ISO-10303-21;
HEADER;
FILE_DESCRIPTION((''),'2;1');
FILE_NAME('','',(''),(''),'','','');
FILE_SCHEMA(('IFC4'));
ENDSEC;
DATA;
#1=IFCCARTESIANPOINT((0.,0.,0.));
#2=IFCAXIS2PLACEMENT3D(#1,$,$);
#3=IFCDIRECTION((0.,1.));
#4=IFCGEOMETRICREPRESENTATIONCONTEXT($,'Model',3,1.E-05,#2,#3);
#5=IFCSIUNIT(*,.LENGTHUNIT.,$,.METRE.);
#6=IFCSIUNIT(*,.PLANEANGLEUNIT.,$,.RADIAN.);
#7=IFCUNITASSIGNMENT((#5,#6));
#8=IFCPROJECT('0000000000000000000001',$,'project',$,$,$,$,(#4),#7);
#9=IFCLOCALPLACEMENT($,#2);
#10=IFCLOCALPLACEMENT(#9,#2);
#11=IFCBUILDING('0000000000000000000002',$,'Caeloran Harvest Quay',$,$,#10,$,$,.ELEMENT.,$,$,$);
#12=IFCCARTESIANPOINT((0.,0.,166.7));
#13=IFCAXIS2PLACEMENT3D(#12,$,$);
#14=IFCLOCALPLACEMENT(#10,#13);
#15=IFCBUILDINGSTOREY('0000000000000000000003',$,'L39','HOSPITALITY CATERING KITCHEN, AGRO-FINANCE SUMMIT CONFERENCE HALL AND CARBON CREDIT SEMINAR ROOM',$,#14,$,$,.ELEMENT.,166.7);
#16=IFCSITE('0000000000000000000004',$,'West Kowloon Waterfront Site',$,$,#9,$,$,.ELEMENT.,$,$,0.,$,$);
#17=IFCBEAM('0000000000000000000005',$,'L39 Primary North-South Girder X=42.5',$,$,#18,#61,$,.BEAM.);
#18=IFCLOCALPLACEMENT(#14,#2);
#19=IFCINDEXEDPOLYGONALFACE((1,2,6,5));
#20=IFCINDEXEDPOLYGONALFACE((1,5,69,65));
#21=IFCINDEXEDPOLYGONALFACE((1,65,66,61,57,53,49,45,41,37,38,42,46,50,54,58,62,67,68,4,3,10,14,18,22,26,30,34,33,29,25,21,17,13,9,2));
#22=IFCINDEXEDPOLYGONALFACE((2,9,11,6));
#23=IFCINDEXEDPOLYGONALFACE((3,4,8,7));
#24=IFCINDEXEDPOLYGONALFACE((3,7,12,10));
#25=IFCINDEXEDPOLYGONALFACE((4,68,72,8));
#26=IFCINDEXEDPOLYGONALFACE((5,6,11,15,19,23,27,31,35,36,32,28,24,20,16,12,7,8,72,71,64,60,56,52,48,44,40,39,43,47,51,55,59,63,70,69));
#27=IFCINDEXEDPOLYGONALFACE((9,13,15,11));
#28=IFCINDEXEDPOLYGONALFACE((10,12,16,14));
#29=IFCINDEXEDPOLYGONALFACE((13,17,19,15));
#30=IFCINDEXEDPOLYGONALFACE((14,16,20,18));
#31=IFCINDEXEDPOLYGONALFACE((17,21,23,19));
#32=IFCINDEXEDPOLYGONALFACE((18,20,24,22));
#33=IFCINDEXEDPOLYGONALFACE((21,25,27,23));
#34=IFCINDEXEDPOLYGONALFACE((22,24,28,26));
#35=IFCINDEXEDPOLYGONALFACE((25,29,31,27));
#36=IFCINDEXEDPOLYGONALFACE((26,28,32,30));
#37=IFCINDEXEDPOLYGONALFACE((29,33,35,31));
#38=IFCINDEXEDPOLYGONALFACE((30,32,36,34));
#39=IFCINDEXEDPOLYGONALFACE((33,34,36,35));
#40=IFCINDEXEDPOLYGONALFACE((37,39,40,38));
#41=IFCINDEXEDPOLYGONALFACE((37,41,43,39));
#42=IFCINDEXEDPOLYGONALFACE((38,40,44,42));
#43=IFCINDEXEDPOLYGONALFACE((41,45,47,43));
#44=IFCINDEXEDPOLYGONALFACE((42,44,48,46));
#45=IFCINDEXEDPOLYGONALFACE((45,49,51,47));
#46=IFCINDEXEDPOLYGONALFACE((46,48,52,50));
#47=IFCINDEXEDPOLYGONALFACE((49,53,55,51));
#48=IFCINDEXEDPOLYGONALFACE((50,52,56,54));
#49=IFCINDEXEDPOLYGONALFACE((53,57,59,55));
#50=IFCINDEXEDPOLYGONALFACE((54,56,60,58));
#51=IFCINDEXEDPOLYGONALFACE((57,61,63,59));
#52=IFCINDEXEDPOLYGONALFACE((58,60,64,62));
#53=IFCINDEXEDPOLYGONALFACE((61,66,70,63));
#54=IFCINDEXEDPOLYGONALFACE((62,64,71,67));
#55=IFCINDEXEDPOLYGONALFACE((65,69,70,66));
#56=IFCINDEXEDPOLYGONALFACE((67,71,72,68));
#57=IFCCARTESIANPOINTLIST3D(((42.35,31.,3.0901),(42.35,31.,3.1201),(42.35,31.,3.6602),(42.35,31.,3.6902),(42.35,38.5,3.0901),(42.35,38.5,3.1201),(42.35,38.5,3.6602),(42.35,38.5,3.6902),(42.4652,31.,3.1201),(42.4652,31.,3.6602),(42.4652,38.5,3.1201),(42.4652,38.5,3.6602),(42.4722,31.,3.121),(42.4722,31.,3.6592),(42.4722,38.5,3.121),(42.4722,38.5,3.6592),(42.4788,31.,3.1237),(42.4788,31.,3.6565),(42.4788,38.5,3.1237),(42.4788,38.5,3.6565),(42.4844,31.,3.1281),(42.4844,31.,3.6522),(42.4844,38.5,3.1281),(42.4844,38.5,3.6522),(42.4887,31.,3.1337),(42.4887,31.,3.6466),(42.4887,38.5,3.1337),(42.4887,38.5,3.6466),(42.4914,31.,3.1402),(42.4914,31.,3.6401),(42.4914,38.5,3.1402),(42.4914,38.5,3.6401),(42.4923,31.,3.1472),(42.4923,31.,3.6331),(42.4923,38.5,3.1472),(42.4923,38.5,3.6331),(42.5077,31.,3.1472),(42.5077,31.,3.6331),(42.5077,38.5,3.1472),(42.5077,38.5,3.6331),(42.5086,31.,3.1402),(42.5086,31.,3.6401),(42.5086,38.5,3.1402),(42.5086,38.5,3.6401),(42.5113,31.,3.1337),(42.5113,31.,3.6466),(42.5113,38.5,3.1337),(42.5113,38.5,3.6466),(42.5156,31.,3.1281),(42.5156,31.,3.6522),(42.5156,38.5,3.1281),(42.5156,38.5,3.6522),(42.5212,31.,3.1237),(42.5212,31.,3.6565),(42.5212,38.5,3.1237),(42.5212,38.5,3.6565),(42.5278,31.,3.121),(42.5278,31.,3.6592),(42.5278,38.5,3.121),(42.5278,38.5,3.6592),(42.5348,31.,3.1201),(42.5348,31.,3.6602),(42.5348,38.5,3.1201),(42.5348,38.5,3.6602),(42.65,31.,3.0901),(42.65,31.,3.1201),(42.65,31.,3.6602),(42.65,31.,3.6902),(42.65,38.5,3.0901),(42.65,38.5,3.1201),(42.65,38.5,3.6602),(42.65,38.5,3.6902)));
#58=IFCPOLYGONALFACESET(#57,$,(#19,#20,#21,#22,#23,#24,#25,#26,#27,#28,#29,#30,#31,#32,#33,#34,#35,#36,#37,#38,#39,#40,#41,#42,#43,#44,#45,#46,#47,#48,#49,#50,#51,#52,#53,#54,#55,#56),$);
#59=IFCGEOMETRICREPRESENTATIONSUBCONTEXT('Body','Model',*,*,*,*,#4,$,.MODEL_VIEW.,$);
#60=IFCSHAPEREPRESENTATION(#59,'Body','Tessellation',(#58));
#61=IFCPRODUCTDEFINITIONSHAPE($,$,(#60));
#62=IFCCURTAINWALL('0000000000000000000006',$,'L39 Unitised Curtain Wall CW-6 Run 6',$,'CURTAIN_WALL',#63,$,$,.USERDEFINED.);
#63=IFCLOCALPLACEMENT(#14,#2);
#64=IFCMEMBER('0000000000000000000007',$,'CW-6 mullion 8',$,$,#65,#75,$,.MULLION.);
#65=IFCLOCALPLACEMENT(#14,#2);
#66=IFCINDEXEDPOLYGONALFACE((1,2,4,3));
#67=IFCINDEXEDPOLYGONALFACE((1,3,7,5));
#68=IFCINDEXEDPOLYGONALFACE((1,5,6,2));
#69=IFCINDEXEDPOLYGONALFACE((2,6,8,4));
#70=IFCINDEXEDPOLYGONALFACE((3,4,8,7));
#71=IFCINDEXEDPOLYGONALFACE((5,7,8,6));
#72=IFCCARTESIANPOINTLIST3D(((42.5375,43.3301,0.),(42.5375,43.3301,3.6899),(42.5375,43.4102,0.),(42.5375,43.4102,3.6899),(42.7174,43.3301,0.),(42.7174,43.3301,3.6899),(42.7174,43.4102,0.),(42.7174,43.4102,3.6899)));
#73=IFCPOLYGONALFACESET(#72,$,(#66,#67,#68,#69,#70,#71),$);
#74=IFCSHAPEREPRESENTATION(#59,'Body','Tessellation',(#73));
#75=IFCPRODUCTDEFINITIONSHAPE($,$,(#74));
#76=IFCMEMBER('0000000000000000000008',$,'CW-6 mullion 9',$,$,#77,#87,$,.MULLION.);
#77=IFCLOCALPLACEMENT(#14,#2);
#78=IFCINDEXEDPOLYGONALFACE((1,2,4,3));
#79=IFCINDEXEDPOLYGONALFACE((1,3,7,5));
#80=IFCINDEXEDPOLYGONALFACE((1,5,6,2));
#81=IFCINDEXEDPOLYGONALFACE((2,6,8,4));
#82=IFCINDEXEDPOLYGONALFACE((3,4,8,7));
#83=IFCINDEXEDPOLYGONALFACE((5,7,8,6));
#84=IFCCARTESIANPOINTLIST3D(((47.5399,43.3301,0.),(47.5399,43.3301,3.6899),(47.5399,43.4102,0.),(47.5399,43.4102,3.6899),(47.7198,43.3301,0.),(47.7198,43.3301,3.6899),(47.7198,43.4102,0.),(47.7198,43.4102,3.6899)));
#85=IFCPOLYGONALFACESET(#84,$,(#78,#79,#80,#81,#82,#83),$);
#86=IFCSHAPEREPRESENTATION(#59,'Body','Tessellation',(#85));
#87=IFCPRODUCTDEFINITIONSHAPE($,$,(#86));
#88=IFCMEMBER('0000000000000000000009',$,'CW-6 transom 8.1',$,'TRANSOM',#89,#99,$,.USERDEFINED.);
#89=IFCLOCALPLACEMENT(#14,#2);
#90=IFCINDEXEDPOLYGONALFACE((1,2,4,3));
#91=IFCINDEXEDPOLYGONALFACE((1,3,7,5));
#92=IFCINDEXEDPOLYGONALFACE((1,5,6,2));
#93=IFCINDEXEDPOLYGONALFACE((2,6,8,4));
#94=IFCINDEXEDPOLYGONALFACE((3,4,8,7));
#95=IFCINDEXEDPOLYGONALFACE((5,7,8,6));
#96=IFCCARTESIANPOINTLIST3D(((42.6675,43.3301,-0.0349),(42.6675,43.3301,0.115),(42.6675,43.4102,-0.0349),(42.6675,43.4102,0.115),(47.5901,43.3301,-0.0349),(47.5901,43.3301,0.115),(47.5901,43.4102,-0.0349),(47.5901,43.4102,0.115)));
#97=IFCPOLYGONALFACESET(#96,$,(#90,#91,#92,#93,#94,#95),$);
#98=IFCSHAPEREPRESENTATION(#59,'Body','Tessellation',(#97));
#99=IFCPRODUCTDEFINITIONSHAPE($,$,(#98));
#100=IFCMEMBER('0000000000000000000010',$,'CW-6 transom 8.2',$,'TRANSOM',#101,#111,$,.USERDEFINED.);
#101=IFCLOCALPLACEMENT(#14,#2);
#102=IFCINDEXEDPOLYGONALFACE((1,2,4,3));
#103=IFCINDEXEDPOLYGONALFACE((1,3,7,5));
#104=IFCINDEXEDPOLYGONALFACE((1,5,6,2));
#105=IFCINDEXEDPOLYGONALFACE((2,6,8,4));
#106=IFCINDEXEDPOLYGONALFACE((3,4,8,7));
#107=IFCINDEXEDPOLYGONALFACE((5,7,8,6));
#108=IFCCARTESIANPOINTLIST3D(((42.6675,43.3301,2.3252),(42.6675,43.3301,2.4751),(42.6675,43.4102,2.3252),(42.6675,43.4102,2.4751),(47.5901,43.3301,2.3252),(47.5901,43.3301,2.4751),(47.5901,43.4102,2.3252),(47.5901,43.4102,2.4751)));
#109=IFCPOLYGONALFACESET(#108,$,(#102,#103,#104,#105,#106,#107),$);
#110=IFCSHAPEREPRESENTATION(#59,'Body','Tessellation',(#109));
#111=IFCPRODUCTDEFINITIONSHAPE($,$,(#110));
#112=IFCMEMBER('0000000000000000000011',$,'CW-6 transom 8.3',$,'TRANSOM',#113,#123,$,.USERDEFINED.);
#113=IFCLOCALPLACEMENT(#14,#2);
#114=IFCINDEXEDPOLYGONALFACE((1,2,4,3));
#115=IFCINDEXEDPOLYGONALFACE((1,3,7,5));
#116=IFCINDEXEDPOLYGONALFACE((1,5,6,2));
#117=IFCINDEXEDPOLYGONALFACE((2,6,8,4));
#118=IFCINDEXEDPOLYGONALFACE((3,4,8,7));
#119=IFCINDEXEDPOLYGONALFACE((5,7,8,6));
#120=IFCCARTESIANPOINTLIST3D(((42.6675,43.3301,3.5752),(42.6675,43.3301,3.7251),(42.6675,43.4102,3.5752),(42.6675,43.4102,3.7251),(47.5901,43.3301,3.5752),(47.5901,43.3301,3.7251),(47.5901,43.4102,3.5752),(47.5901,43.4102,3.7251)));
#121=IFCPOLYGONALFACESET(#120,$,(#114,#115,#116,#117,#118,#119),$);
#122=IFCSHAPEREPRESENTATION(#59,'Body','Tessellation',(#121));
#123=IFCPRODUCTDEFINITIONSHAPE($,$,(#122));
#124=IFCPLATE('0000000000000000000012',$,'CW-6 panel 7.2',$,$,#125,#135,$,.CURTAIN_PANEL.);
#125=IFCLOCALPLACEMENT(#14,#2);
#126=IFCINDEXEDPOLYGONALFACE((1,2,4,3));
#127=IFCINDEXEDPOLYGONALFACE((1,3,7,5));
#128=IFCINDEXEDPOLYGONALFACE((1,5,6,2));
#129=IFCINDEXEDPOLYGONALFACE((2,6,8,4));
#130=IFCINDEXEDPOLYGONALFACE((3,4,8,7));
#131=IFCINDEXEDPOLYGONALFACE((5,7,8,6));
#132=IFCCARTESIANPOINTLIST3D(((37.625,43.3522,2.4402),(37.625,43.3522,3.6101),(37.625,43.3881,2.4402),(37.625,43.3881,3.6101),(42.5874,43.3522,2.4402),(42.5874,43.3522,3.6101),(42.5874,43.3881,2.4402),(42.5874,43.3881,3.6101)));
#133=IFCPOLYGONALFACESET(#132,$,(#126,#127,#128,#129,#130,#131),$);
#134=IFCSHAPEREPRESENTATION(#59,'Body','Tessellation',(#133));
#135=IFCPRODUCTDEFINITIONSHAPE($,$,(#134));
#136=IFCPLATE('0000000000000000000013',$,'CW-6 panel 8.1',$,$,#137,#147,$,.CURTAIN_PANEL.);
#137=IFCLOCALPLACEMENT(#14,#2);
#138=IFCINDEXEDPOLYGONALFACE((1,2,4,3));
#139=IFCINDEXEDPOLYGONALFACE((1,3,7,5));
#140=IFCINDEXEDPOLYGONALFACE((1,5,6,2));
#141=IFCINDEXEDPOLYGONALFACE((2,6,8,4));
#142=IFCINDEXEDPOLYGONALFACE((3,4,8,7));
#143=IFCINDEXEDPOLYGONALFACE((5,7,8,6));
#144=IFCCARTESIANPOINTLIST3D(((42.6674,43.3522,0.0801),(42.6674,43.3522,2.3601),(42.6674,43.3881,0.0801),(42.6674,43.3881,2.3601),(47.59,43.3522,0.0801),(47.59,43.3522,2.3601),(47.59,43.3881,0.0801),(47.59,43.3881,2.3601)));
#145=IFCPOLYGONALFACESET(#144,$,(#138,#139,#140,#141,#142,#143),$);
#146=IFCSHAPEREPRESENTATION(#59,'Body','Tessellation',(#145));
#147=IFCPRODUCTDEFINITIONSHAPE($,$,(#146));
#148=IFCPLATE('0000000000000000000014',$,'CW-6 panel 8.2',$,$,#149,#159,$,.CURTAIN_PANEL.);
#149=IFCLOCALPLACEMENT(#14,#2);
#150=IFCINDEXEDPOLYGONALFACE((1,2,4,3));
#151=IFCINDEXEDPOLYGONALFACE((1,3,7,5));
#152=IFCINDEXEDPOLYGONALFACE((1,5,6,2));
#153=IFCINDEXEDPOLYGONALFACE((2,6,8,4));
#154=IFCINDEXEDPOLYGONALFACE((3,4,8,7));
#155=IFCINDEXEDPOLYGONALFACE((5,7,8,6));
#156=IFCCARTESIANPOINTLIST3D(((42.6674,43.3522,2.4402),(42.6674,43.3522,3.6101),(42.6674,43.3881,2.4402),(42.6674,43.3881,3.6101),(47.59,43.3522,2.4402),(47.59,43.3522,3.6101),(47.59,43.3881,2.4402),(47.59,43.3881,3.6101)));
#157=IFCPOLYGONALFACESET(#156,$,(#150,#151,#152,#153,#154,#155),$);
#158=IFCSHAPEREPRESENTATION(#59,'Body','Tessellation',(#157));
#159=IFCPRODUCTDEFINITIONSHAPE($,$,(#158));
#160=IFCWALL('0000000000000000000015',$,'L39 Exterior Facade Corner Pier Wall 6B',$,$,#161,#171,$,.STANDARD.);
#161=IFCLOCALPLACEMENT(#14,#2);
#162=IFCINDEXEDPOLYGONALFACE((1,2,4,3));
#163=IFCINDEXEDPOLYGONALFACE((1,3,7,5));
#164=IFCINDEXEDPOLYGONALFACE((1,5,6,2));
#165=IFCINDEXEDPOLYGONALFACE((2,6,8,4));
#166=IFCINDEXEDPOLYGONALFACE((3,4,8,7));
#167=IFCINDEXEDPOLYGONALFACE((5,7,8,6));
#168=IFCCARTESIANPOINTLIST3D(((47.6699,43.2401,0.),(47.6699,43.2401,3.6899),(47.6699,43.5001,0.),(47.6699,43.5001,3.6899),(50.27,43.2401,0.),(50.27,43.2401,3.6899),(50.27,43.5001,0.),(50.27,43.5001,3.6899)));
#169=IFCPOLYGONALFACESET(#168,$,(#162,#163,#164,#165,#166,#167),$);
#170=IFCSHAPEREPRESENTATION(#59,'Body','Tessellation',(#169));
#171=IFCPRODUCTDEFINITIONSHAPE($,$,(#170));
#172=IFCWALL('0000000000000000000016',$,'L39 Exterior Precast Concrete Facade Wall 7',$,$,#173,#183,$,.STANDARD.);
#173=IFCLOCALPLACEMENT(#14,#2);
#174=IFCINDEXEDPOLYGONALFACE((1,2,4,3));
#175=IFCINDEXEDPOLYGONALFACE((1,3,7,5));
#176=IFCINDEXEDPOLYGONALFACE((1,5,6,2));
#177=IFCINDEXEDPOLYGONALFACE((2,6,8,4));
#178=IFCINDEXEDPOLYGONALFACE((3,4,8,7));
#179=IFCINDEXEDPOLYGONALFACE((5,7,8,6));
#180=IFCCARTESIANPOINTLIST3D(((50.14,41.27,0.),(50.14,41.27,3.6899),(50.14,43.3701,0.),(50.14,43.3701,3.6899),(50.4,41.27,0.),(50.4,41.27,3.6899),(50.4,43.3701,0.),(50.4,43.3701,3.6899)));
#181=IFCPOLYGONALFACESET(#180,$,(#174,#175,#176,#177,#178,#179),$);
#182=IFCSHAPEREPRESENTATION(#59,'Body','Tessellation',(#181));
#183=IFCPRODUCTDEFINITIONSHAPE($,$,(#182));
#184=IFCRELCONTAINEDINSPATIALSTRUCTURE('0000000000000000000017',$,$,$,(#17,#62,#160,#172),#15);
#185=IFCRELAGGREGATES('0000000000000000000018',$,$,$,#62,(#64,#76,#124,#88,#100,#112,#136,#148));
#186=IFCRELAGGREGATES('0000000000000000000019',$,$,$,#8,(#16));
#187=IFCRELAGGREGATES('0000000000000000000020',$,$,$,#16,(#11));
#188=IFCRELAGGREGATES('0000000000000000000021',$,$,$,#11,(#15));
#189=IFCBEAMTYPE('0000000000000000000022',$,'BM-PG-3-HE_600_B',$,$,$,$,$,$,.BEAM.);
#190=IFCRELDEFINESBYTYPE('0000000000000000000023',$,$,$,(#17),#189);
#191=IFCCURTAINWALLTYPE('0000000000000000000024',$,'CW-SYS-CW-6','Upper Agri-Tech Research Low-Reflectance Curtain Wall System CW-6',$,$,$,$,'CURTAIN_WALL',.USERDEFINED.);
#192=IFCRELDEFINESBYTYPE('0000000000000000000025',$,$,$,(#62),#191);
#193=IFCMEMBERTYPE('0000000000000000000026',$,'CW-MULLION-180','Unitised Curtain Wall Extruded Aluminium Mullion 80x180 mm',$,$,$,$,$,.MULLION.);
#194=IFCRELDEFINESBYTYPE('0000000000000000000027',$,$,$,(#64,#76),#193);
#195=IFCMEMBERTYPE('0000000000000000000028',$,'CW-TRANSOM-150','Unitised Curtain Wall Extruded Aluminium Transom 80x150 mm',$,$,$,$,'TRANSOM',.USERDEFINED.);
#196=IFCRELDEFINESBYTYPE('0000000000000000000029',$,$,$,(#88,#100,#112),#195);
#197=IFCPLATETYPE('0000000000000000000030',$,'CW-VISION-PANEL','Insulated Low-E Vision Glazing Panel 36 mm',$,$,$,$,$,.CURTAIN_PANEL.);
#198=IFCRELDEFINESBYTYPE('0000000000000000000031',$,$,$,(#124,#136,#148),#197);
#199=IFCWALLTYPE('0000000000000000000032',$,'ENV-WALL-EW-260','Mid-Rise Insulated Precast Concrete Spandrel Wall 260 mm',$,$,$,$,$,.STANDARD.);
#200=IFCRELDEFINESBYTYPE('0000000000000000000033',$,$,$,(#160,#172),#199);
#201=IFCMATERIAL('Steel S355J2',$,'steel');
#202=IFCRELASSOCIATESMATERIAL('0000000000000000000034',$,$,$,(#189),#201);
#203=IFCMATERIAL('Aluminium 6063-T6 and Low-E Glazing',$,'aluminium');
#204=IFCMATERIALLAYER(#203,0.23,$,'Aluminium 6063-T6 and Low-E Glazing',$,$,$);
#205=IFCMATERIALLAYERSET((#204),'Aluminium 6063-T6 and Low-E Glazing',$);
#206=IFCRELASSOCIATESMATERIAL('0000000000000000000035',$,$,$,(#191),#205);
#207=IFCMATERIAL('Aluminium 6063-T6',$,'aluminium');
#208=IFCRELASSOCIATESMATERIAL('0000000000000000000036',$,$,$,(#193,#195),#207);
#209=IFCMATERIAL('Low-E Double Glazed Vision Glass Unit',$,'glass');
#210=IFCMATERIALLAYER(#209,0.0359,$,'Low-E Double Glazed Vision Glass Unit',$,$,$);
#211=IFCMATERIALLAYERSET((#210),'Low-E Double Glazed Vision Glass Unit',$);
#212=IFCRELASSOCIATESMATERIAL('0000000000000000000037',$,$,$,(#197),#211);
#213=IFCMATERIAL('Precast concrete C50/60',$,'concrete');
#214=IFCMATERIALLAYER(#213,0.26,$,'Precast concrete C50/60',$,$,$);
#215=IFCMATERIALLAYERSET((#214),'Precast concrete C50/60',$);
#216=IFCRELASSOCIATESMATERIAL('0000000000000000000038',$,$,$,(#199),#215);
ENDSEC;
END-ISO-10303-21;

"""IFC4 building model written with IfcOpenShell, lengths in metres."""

from ifc_helpers import new_model, si_unit, direction, frame, frame_2d, origin, origin_2d, place, context, subcontext, project, spatial, rectangle, i_section, extrude, material, layer, layer_set, material_profile, profile_set, type_object, element, aggregate, save


model = new_model("IFC4")

# Units and contexts
model_context = context("Model", 3, precision=1e-05, world=origin(), true_north=direction((0.0, 1.0)))
body_context = subcontext(model_context, "Body", "Model", "MODEL_VIEW")
ifc_project = project(units=[si_unit("LENGTHUNIT", "METRE"), si_unit("PLANEANGLEUNIT", "RADIAN")], contexts=[model_context])

# Site, building, storey
site_placement = place(None, origin())
site = spatial("IfcSite", under=ifc_project, at=site_placement, Name="West Kowloon Waterfront Site", CompositionType="ELEMENT", RefElevation=0.0)
building_placement = place(site_placement, origin())
building = spatial("IfcBuilding", under=site, at=building_placement, Name="Caeloran Harvest Quay", CompositionType="ELEMENT")
storey_placement = place(building_placement, frame((0.0, 0.0, 166.7)))
storey = spatial("IfcBuildingStorey", under=building, at=storey_placement, Name="L39", Description="HOSPITALITY CATERING KITCHEN, AGRO-FINANCE SUMMIT CONFERENCE HALL AND CARBON CREDIT SEMINAR ROOM", CompositionType="ELEMENT", Elevation=166.7)

# Beam
ifc_material_1 = material(Name="Steel S355J2", Category="steel")
ifc_material_profile_1 = material_profile(ifc_material_1, i_section(OverallWidth=0.3, OverallDepth=0.6001, WebThickness=0.0154, FlangeThickness=0.03, FilletRadius=0.0271, at=origin_2d()), Name="HE 600 B")
ifc_profile_set_1 = profile_set([ifc_material_profile_1], Name="Steel S355J2")
beam_type = type_object("IfcBeamType", Name="BM-PG-3-HE_600_B", PredefinedType="BEAM", material=ifc_profile_set_1)
beam_1_placement = place(storey_placement, frame((42.5, 31.0, 3.3901), z_axis=(0.0, 1.0, 0.0), x_axis=(-1.0, 0.0, 0.0)))
element("IfcBeam", 1, at=beam_1_placement, inside=storey, type_object=beam_type, Name="L39 Primary North-South Girder X=42.5", PredefinedType="BEAM", context=body_context, shape_type="SweptSolid", body=[
    extrude(i_section(OverallWidth=0.3, OverallDepth=0.6001, WebThickness=0.0154, FlangeThickness=0.03, FilletRadius=0.0271, at=origin_2d()), origin(), (0.0, 0.0, 1.0), 7.5),
])

# Curtain wall, members, plates
ifc_material_2 = material(Name="Aluminium 6063-T6 and Low-E Glazing", Category="aluminium")
ifc_layer_1 = layer(ifc_material_2, 0.23, Name="Aluminium 6063-T6 and Low-E Glazing")
ifc_layer_set_1 = layer_set([ifc_layer_1], Name="Aluminium 6063-T6 and Low-E Glazing")
curtain_wall_type = type_object("IfcCurtainWallType", Name="CW-SYS-CW-6", Description="Upper Agri-Tech Research Low-Reflectance Curtain Wall System CW-6", ElementType="CURTAIN_WALL", PredefinedType="USERDEFINED", material=ifc_layer_set_1)
curtain_wall_placement = place(storey_placement, origin())
curtain_wall = element("IfcCurtainWall", 2, at=curtain_wall_placement, inside=storey, type_object=curtain_wall_type, Name="L39 Unitised Curtain Wall CW-6 Run 6", ObjectType="CURTAIN_WALL", PredefinedType="USERDEFINED")
ifc_material_3 = material(Name="Aluminium 6063-T6", Category="aluminium")
ifc_material_profile_2 = material_profile(ifc_material_3, rectangle(XDim=0.0801, YDim=0.1799, at=origin_2d()), Name="CW-MULLION-180")
ifc_profile_set_2 = profile_set([ifc_material_profile_2], Name="Aluminium 6063-T6")
member_type_1 = type_object("IfcMemberType", Name="CW-MULLION-180", Description="Unitised Curtain Wall Extruded Aluminium Mullion 80x180 mm", PredefinedType="MULLION", material=ifc_profile_set_2)
member_1_placement = place(storey_placement, frame((42.6274, 43.3701, 0.0), z_axis=(0.0, 0.0, 1.0), x_axis=(0.0, 1.0, 0.0)))
member_1 = element("IfcMember", 3, at=member_1_placement, type_object=member_type_1, Name="CW-6 mullion 8", PredefinedType="MULLION", context=body_context, shape_type="SweptSolid", body=[
    extrude(rectangle(XDim=0.0801, YDim=0.1799, at=origin_2d()), origin(), (0.0, 0.0, 1.0), 3.6899),
])
member_2_placement = place(storey_placement, frame((47.6299, 43.3701, 0.0), z_axis=(0.0, 0.0, 1.0), x_axis=(0.0, 1.0, 0.0)))
member_2 = element("IfcMember", 4, at=member_2_placement, type_object=member_type_1, Name="CW-6 mullion 9", PredefinedType="MULLION", context=body_context, shape_type="SweptSolid", body=[
    extrude(rectangle(XDim=0.0801, YDim=0.1799, at=origin_2d()), origin(), (0.0, 0.0, 1.0), 3.6899),
])
ifc_material_profile_3 = material_profile(ifc_material_3, rectangle(XDim=0.0801, YDim=0.1499, at=origin_2d()), Name="CW-TRANSOM-150")
ifc_profile_set_3 = profile_set([ifc_material_profile_3], Name="Aluminium 6063-T6")
member_type_2 = type_object("IfcMemberType", Name="CW-TRANSOM-150", Description="Unitised Curtain Wall Extruded Aluminium Transom 80x150 mm", ElementType="TRANSOM", PredefinedType="USERDEFINED", material=ifc_profile_set_3)
member_3_placement = place(storey_placement, frame((42.6675, 43.3701, 0.04), z_axis=(1.0, 0.0, 0.0), x_axis=(0.0, 1.0, 0.0)))
member_3 = element("IfcMember", 5, at=member_3_placement, type_object=member_type_2, Name="CW-6 transom 8.1", ObjectType="TRANSOM", PredefinedType="USERDEFINED", context=body_context, shape_type="SweptSolid", body=[
    extrude(rectangle(XDim=0.0801, YDim=0.1499, at=origin_2d()), origin(), (0.0, 0.0, 1.0), 4.9226),
])
member_4_placement = place(storey_placement, frame((42.6675, 43.3701, 2.4001), z_axis=(1.0, 0.0, 0.0), x_axis=(0.0, 1.0, 0.0)))
member_4 = element("IfcMember", 6, at=member_4_placement, type_object=member_type_2, Name="CW-6 transom 8.2", ObjectType="TRANSOM", PredefinedType="USERDEFINED", context=body_context, shape_type="SweptSolid", body=[
    extrude(rectangle(XDim=0.0801, YDim=0.1499, at=origin_2d()), origin(), (0.0, 0.0, 1.0), 4.9226),
])
member_5_placement = place(storey_placement, frame((42.6675, 43.3701, 3.6501), z_axis=(1.0, 0.0, 0.0), x_axis=(0.0, 1.0, 0.0)))
member_5 = element("IfcMember", 7, at=member_5_placement, type_object=member_type_2, Name="CW-6 transom 8.3", ObjectType="TRANSOM", PredefinedType="USERDEFINED", context=body_context, shape_type="SweptSolid", body=[
    extrude(rectangle(XDim=0.0801, YDim=0.1499, at=origin_2d()), origin(), (0.0, 0.0, 1.0), 4.9226),
])
ifc_material_4 = material(Name="Low-E Double Glazed Vision Glass Unit", Category="glass")
ifc_layer_2 = layer(ifc_material_4, 0.0359, Name="Low-E Double Glazed Vision Glass Unit")
ifc_layer_set_2 = layer_set([ifc_layer_2], Name="Low-E Double Glazed Vision Glass Unit")
plate_type = type_object("IfcPlateType", Name="CW-VISION-PANEL", Description="Insulated Low-E Vision Glazing Panel 36 mm", PredefinedType="CURTAIN_PANEL", material=ifc_layer_set_2)
plate_1_placement = place(storey_placement, frame((40.1062, 43.3701, 2.4402), z_axis=(0.0, 0.0, 1.0), x_axis=(1.0, 0.0, 0.0)))
plate_1 = element("IfcPlate", 8, at=plate_1_placement, type_object=plate_type, Name="CW-6 panel 7.2", PredefinedType="CURTAIN_PANEL", context=body_context, shape_type="SweptSolid", body=[
    extrude(rectangle(XDim=4.9624, YDim=0.0359, at=origin_2d()), origin(), (0.0, 0.0, 1.0), 1.1699),
])
plate_2_placement = place(storey_placement, frame((45.1287, 43.3701, 0.0801), z_axis=(0.0, 0.0, 1.0), x_axis=(1.0, 0.0, 0.0)))
plate_2 = element("IfcPlate", 9, at=plate_2_placement, type_object=plate_type, Name="CW-6 panel 8.1", PredefinedType="CURTAIN_PANEL", context=body_context, shape_type="SweptSolid", body=[
    extrude(rectangle(XDim=4.9226, YDim=0.0359, at=origin_2d()), origin(), (0.0, 0.0, 1.0), 2.28),
])
plate_3_placement = place(storey_placement, frame((45.1287, 43.3701, 2.4402), z_axis=(0.0, 0.0, 1.0), x_axis=(1.0, 0.0, 0.0)))
plate_3 = element("IfcPlate", 10, at=plate_3_placement, type_object=plate_type, Name="CW-6 panel 8.2", PredefinedType="CURTAIN_PANEL", context=body_context, shape_type="SweptSolid", body=[
    extrude(rectangle(XDim=4.9226, YDim=0.0359, at=origin_2d()), origin(), (0.0, 0.0, 1.0), 1.1699),
])
aggregate(curtain_wall, [member_1, member_2, plate_1, member_3, member_4, member_5, plate_2, plate_3])

# Walls
ifc_material_5 = material(Name="Precast concrete C50/60", Category="concrete")
ifc_layer_3 = layer(ifc_material_5, 0.26, Name="Precast concrete C50/60")
ifc_layer_set_3 = layer_set([ifc_layer_3], Name="Precast concrete C50/60")
wall_type_1 = type_object("IfcWallType", Name="ENV-WALL-EW-260", Description="Mid-Rise Insulated Precast Concrete Spandrel Wall 260 mm", PredefinedType="STANDARD", material=ifc_layer_set_3)
wall_1_placement = place(storey_placement, frame((47.6699, 43.3701, 0.0), z_axis=(0.0, 0.0, 1.0), x_axis=(1.0, 0.0, 0.0)))
element("IfcWall", 11, at=wall_1_placement, inside=storey, type_object=wall_type_1, Name="L39 Exterior Facade Corner Pier Wall 6B", PredefinedType="STANDARD", context=body_context, shape_type="SweptSolid", body=[
    extrude(rectangle(XDim=2.6001, YDim=0.26, at=frame_2d((1.3, 0.0))), origin(), (0.0, 0.0, 1.0), 3.6899),
])
wall_2_placement = place(storey_placement, frame((50.27, 43.3701, 0.0), z_axis=(0.0, 0.0, 1.0), x_axis=(0.0, -1.0, 0.0)))
element("IfcWall", 12, at=wall_2_placement, inside=storey, type_object=wall_type_1, Name="L39 Exterior Precast Concrete Facade Wall 7", PredefinedType="STANDARD", context=body_context, shape_type="SweptSolid", body=[
    extrude(rectangle(XDim=2.1001, YDim=0.26, at=frame_2d((1.05, 0.0))), origin(), (0.0, 0.0, 1.0), 3.6899),
])

save(model, "model.ifc")
